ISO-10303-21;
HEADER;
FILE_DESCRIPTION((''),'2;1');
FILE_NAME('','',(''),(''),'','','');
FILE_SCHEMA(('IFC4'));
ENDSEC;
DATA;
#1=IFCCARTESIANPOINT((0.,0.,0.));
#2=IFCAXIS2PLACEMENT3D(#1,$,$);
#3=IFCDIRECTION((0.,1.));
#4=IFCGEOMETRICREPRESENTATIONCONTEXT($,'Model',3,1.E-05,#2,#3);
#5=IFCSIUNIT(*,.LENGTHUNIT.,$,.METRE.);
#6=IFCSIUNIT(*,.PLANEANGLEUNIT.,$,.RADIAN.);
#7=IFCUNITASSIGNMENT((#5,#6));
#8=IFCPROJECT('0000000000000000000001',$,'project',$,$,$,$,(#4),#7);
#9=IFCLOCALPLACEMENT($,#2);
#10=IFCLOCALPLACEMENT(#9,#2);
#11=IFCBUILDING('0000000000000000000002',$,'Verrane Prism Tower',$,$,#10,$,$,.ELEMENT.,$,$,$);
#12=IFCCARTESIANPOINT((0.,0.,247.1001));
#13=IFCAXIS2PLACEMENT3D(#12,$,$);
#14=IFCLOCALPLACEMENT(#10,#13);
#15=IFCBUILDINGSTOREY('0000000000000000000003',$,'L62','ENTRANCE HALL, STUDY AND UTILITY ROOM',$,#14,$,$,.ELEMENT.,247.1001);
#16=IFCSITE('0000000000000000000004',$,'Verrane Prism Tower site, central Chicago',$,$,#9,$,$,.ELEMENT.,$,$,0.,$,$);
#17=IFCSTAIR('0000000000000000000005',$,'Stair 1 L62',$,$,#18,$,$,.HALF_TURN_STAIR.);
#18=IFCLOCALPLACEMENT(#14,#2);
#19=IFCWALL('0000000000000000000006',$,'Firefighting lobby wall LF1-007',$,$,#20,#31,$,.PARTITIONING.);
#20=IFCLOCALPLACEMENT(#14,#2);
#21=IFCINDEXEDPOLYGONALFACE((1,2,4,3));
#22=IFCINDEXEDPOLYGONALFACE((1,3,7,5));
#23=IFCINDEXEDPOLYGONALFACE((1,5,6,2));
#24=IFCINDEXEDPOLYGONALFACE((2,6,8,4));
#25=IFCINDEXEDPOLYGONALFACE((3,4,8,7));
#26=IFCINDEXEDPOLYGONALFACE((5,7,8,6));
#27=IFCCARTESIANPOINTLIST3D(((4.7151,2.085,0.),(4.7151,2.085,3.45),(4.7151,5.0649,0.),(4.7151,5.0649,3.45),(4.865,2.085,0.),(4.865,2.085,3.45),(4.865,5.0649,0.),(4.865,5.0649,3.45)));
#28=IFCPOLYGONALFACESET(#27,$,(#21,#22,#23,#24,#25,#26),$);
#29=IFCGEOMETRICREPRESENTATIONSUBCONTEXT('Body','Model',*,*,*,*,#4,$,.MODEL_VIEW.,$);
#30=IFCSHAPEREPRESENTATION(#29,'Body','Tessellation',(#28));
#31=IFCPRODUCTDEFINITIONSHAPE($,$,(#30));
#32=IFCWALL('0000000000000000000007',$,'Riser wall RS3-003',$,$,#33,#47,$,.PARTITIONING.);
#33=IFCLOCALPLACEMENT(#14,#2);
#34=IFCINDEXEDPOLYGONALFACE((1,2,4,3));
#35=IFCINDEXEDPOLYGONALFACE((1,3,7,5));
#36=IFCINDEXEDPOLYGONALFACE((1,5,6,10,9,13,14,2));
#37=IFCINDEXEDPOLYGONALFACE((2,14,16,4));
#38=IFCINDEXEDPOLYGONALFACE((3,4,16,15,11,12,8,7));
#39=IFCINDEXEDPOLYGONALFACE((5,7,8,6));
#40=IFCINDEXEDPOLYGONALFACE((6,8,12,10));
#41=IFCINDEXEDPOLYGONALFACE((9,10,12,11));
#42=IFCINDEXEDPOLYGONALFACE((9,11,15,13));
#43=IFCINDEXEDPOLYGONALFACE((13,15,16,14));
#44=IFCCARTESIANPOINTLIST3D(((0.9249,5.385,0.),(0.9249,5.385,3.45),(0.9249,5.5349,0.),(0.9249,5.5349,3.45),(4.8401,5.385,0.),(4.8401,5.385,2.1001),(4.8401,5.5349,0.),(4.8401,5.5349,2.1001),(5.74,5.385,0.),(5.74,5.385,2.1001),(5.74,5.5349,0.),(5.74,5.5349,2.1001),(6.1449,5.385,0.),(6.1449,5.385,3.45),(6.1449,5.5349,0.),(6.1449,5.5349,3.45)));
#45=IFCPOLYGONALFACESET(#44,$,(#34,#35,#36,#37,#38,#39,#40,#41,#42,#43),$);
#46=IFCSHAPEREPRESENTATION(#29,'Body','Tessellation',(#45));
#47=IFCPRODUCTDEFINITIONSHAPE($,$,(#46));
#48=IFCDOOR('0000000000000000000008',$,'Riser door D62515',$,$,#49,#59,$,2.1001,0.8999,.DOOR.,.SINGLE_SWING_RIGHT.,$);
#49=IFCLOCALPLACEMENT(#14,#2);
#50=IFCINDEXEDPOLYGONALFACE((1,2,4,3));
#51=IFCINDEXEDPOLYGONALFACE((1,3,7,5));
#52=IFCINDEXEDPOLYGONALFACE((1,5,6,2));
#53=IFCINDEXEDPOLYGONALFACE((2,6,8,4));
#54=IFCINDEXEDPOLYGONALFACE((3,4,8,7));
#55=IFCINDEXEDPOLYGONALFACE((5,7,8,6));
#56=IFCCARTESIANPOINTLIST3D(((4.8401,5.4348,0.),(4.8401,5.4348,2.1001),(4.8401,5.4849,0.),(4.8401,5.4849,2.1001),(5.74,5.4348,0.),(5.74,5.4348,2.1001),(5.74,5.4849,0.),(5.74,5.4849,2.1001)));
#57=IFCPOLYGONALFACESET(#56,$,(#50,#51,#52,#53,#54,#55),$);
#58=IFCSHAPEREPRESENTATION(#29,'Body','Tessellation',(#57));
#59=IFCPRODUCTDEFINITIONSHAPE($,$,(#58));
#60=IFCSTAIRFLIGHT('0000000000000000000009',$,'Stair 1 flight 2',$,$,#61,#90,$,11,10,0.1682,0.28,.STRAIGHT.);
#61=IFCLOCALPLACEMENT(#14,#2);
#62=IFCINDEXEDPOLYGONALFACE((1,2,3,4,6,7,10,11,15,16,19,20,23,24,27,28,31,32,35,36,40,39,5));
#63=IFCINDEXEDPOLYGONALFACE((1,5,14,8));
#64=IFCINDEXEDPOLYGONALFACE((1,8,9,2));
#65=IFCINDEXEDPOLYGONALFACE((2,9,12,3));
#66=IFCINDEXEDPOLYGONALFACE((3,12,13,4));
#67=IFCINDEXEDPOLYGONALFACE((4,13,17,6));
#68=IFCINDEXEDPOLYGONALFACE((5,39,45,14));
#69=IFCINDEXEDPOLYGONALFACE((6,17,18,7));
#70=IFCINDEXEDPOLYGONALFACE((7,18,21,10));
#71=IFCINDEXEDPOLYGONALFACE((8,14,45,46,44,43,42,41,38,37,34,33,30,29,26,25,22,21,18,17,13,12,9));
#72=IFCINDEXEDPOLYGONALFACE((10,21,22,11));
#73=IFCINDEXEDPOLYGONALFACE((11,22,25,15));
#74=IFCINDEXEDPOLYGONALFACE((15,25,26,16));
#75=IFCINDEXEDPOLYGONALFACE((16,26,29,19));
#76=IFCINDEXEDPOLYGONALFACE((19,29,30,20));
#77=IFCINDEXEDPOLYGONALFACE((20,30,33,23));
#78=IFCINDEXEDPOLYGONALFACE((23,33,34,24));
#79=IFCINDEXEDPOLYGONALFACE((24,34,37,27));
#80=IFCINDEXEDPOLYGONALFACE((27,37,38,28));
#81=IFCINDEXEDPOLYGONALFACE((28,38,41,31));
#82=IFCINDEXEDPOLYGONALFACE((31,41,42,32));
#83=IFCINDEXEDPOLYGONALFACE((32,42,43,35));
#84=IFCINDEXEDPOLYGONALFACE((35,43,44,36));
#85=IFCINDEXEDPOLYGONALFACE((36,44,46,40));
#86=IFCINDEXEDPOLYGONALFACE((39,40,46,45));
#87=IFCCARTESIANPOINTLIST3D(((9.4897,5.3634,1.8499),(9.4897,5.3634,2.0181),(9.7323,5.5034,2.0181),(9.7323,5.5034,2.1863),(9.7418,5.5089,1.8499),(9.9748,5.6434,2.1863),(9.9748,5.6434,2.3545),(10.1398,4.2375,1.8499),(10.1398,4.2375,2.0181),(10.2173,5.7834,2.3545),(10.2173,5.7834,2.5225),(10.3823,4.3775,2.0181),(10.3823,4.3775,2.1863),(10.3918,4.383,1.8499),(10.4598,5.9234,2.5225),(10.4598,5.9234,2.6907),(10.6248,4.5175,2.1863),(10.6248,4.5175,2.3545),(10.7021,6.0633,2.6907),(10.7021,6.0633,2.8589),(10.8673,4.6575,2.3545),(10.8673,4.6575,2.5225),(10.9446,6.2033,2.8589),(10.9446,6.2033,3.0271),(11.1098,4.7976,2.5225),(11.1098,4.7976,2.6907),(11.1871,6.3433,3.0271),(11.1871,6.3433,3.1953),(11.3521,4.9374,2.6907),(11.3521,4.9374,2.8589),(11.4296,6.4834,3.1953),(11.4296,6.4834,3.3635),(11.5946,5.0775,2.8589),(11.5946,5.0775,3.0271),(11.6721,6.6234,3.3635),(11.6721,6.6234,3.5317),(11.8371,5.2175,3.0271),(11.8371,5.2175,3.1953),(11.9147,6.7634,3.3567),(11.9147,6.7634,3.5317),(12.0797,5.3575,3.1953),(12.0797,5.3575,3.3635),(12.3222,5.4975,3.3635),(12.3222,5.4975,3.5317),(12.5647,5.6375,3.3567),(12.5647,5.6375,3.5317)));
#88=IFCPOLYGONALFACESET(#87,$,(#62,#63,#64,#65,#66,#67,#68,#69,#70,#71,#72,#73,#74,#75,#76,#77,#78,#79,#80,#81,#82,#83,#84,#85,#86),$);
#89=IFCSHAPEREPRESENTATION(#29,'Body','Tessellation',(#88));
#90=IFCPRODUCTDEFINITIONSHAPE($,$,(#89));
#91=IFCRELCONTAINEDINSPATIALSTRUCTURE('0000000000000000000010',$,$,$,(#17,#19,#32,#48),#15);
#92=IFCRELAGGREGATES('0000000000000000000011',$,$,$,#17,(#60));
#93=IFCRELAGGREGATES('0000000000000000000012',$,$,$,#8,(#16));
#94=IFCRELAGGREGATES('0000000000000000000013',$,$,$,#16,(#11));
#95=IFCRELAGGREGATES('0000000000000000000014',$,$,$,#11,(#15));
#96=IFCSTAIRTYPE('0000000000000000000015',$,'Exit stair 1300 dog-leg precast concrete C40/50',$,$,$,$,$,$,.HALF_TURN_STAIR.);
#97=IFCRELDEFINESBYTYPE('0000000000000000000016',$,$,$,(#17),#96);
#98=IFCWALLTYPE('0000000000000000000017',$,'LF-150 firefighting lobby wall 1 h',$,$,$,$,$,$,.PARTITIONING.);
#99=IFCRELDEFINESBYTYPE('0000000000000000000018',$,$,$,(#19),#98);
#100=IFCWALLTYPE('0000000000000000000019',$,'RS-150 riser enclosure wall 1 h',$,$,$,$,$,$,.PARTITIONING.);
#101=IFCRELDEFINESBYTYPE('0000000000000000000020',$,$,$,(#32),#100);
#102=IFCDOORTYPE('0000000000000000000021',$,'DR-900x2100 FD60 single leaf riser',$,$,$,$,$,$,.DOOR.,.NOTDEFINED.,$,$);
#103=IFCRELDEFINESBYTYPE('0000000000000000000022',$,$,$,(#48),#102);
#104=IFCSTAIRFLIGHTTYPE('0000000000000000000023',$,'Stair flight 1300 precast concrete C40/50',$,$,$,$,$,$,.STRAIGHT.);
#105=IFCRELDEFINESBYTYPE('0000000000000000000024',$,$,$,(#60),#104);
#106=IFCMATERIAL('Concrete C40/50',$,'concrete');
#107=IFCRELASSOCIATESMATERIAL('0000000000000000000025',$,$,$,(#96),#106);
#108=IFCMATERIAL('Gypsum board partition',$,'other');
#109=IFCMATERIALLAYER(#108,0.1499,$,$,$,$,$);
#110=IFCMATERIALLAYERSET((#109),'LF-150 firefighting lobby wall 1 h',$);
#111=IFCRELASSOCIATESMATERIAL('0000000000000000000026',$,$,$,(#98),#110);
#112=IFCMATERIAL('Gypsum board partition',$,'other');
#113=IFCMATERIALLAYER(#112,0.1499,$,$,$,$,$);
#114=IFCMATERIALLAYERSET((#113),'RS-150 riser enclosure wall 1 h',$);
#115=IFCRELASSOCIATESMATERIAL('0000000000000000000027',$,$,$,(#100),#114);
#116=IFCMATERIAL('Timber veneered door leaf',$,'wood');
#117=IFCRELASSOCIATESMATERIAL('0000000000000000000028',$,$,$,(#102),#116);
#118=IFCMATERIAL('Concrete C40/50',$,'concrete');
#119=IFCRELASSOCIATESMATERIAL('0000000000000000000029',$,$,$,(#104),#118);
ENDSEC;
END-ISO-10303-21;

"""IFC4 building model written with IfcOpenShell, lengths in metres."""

from ifc_helpers import new_model, si_unit, direction, frame, frame_2d, origin, place, context, subcontext, project, spatial, polyline, rectangle, outline, extrude, material, layer, layer_set, type_object, element, fill, aggregate, save


model = new_model("IFC4")

# Units and contexts
model_context = context("Model", 3, precision=1e-05, world=origin(), true_north=direction((0.0, 1.0)))
body_context = subcontext(model_context, "Body", "Model", "MODEL_VIEW")
ifc_project = project(units=[si_unit("LENGTHUNIT", "METRE"), si_unit("PLANEANGLEUNIT", "RADIAN")], contexts=[model_context])

# Site, building, storey
site_placement = place(None, origin())
site = spatial("IfcSite", under=ifc_project, at=site_placement, Name="Verrane Prism Tower site, central Chicago", CompositionType="ELEMENT", RefElevation=0.0)
building_placement = place(site_placement, origin())
building = spatial("IfcBuilding", under=site, at=building_placement, Name="Verrane Prism Tower", CompositionType="ELEMENT")
storey_placement = place(building_placement, frame((0.0, 0.0, 247.1001)))
storey = spatial("IfcBuildingStorey", under=building, at=storey_placement, Name="L62", Description="ENTRANCE HALL, STUDY AND UTILITY ROOM", CompositionType="ELEMENT", Elevation=247.1001)

# Stair
ifc_material_1 = material(Name="Concrete C40/50", Category="concrete")
stair_type = type_object("IfcStairType", Name="Exit stair 1300 dog-leg precast concrete C40/50", PredefinedType="HALF_TURN_STAIR", material=ifc_material_1)
stair_1_placement = place(storey_placement, origin())
stair_1 = element("IfcStair", 1, at=stair_1_placement, inside=storey, type_object=stair_type, Name="Stair 1 L62", PredefinedType="HALF_TURN_STAIR")

# Wall
ifc_material_2 = material(Name="Gypsum board partition", Category="other")
ifc_layer_1 = layer(ifc_material_2, 0.1499)
ifc_layer_set_1 = layer_set([ifc_layer_1], Name="LF-150 firefighting lobby wall 1 h")
wall_type_1 = type_object("IfcWallType", Name="LF-150 firefighting lobby wall 1 h", PredefinedType="PARTITIONING", material=ifc_layer_set_1)
wall_1_placement = place(storey_placement, frame((4.79, 2.085, 0.0), z_axis=(0.0, 0.0, 1.0), x_axis=(0.0, 1.0, 0.0)))
element("IfcWall", 2, at=wall_1_placement, inside=storey, type_object=wall_type_1, Name="Firefighting lobby wall LF1-007", PredefinedType="PARTITIONING", context=body_context, shape_type="SweptSolid", body=[
    extrude(rectangle(XDim=2.98, YDim=0.1499, at=frame_2d((1.49, 0.0))), origin(), (0.0, 0.0, 1.0), 3.45),
])

# Wall, opening, door
ifc_material_3 = material(Name="Gypsum board partition", Category="other")
ifc_layer_2 = layer(ifc_material_3, 0.1499)
ifc_layer_set_2 = layer_set([ifc_layer_2], Name="RS-150 riser enclosure wall 1 h")
wall_type_2 = type_object("IfcWallType", Name="RS-150 riser enclosure wall 1 h", PredefinedType="PARTITIONING", material=ifc_layer_set_2)
wall_2_placement = place(storey_placement, frame((0.925, 5.46, 0.0), z_axis=(0.0, 0.0, 1.0), x_axis=(1.0, 0.0, 0.0)))
wall_2 = element("IfcWall", 3, at=wall_2_placement, inside=storey, type_object=wall_type_2, Name="Riser wall RS3-003", PredefinedType="PARTITIONING", context=body_context, shape_type="SweptSolid", body=[
    extrude(rectangle(XDim=5.22, YDim=0.1499, at=frame_2d((2.6099, 0.0))), origin(), (0.0, 0.0, 1.0), 3.45),
])
opening_1_placement = place(wall_2_placement, frame((3.915, 0.0, 0.0)))
opening_1 = element("IfcOpeningElement", 4, at=opening_1_placement, cuts=wall_2, PredefinedType="OPENING", context=body_context, shape_type="SweptSolid", body=[
    extrude(rectangle(XDim=0.8999, YDim=2.1001, at=frame_2d((0.45, 1.05))), frame((0.0, 0.085, 0.0), z_axis=(0.0, -1.0, 0.0), x_axis=(1.0, 0.0, 0.0)), (0.0, 0.0, 1.0), 0.1699),
])
ifc_material_4 = material(Name="Timber veneered door leaf", Category="wood")
door_type_1 = type_object("IfcDoorType", Name="DR-900x2100 FD60 single leaf riser", OperationType="NOTDEFINED", PredefinedType="DOOR", material=ifc_material_4)
door_1_placement = place(opening_1_placement, origin())
door_1 = element("IfcDoor", 5, at=door_1_placement, inside=storey, type_object=door_type_1, Name="Riser door D62515", OperationType="SINGLE_SWING_RIGHT", OverallHeight=2.1001, OverallWidth=0.8999, PredefinedType="DOOR", context=body_context, shape_type="SweptSolid", body=[
    extrude(rectangle(XDim=0.8999, YDim=2.1001, at=frame_2d((0.45, 1.05))), frame((0.0, 0.0249, 0.0), z_axis=(0.0, -1.0, 0.0), x_axis=(1.0, 0.0, 0.0)), (0.0, 0.0, 1.0), 0.05),
])
fill(opening_1, door_1)

# Stair flight
ifc_material_5 = material(Name="Concrete C40/50", Category="concrete")
stair_flight_type = type_object("IfcStairFlightType", Name="Stair flight 1300 precast concrete C40/50", PredefinedType="STRAIGHT", material=ifc_material_5)
stair_flight_placement = place(storey_placement, frame((9.8147, 4.8005, 1.8499), z_axis=(0.0, 0.0, 1.0), x_axis=(0.866025, 0.5, 0.0)))
stair_flight = element("IfcStairFlight", 6, at=stair_flight_placement, type_object=stair_flight_type, Name="Stair 1 flight 2", NumberOfRisers=11, NumberOfTreads=10, PredefinedType="STRAIGHT", RiserHeight=0.1682, TreadLength=0.28, context=body_context, shape_type="SweptSolid", body=[
    extrude(outline(polyline([(0.0, 0.0), (0.0, 0.1682), (0.28, 0.1682), (0.28, 0.3364), (0.5601, 0.3364), (0.5601, 0.5046), (0.8401, 0.5046), (0.8401, 0.6726), (1.1201, 0.6726), (1.1201, 0.8408), (1.3999, 0.8408), (1.3999, 1.009), (1.6799, 1.009), (1.6799, 1.1772), (1.96, 1.1772), (1.96, 1.3455), (2.24, 1.3455), (2.24, 1.5137), (2.52, 1.5137), (2.52, 1.6819), (2.8, 1.6819), (2.8, 1.8501), (2.8, 1.5068), (0.291, 0.0), (0.0, 0.0)])), frame((0.0, 0.6499, 0.0), z_axis=(0.0, -1.0, 0.0), x_axis=(1.0, 0.0, 0.0)), (0.0, 0.0, 1.0), 1.3),
])
aggregate(stair_1, [stair_flight])

save(model, "model.ifc")
